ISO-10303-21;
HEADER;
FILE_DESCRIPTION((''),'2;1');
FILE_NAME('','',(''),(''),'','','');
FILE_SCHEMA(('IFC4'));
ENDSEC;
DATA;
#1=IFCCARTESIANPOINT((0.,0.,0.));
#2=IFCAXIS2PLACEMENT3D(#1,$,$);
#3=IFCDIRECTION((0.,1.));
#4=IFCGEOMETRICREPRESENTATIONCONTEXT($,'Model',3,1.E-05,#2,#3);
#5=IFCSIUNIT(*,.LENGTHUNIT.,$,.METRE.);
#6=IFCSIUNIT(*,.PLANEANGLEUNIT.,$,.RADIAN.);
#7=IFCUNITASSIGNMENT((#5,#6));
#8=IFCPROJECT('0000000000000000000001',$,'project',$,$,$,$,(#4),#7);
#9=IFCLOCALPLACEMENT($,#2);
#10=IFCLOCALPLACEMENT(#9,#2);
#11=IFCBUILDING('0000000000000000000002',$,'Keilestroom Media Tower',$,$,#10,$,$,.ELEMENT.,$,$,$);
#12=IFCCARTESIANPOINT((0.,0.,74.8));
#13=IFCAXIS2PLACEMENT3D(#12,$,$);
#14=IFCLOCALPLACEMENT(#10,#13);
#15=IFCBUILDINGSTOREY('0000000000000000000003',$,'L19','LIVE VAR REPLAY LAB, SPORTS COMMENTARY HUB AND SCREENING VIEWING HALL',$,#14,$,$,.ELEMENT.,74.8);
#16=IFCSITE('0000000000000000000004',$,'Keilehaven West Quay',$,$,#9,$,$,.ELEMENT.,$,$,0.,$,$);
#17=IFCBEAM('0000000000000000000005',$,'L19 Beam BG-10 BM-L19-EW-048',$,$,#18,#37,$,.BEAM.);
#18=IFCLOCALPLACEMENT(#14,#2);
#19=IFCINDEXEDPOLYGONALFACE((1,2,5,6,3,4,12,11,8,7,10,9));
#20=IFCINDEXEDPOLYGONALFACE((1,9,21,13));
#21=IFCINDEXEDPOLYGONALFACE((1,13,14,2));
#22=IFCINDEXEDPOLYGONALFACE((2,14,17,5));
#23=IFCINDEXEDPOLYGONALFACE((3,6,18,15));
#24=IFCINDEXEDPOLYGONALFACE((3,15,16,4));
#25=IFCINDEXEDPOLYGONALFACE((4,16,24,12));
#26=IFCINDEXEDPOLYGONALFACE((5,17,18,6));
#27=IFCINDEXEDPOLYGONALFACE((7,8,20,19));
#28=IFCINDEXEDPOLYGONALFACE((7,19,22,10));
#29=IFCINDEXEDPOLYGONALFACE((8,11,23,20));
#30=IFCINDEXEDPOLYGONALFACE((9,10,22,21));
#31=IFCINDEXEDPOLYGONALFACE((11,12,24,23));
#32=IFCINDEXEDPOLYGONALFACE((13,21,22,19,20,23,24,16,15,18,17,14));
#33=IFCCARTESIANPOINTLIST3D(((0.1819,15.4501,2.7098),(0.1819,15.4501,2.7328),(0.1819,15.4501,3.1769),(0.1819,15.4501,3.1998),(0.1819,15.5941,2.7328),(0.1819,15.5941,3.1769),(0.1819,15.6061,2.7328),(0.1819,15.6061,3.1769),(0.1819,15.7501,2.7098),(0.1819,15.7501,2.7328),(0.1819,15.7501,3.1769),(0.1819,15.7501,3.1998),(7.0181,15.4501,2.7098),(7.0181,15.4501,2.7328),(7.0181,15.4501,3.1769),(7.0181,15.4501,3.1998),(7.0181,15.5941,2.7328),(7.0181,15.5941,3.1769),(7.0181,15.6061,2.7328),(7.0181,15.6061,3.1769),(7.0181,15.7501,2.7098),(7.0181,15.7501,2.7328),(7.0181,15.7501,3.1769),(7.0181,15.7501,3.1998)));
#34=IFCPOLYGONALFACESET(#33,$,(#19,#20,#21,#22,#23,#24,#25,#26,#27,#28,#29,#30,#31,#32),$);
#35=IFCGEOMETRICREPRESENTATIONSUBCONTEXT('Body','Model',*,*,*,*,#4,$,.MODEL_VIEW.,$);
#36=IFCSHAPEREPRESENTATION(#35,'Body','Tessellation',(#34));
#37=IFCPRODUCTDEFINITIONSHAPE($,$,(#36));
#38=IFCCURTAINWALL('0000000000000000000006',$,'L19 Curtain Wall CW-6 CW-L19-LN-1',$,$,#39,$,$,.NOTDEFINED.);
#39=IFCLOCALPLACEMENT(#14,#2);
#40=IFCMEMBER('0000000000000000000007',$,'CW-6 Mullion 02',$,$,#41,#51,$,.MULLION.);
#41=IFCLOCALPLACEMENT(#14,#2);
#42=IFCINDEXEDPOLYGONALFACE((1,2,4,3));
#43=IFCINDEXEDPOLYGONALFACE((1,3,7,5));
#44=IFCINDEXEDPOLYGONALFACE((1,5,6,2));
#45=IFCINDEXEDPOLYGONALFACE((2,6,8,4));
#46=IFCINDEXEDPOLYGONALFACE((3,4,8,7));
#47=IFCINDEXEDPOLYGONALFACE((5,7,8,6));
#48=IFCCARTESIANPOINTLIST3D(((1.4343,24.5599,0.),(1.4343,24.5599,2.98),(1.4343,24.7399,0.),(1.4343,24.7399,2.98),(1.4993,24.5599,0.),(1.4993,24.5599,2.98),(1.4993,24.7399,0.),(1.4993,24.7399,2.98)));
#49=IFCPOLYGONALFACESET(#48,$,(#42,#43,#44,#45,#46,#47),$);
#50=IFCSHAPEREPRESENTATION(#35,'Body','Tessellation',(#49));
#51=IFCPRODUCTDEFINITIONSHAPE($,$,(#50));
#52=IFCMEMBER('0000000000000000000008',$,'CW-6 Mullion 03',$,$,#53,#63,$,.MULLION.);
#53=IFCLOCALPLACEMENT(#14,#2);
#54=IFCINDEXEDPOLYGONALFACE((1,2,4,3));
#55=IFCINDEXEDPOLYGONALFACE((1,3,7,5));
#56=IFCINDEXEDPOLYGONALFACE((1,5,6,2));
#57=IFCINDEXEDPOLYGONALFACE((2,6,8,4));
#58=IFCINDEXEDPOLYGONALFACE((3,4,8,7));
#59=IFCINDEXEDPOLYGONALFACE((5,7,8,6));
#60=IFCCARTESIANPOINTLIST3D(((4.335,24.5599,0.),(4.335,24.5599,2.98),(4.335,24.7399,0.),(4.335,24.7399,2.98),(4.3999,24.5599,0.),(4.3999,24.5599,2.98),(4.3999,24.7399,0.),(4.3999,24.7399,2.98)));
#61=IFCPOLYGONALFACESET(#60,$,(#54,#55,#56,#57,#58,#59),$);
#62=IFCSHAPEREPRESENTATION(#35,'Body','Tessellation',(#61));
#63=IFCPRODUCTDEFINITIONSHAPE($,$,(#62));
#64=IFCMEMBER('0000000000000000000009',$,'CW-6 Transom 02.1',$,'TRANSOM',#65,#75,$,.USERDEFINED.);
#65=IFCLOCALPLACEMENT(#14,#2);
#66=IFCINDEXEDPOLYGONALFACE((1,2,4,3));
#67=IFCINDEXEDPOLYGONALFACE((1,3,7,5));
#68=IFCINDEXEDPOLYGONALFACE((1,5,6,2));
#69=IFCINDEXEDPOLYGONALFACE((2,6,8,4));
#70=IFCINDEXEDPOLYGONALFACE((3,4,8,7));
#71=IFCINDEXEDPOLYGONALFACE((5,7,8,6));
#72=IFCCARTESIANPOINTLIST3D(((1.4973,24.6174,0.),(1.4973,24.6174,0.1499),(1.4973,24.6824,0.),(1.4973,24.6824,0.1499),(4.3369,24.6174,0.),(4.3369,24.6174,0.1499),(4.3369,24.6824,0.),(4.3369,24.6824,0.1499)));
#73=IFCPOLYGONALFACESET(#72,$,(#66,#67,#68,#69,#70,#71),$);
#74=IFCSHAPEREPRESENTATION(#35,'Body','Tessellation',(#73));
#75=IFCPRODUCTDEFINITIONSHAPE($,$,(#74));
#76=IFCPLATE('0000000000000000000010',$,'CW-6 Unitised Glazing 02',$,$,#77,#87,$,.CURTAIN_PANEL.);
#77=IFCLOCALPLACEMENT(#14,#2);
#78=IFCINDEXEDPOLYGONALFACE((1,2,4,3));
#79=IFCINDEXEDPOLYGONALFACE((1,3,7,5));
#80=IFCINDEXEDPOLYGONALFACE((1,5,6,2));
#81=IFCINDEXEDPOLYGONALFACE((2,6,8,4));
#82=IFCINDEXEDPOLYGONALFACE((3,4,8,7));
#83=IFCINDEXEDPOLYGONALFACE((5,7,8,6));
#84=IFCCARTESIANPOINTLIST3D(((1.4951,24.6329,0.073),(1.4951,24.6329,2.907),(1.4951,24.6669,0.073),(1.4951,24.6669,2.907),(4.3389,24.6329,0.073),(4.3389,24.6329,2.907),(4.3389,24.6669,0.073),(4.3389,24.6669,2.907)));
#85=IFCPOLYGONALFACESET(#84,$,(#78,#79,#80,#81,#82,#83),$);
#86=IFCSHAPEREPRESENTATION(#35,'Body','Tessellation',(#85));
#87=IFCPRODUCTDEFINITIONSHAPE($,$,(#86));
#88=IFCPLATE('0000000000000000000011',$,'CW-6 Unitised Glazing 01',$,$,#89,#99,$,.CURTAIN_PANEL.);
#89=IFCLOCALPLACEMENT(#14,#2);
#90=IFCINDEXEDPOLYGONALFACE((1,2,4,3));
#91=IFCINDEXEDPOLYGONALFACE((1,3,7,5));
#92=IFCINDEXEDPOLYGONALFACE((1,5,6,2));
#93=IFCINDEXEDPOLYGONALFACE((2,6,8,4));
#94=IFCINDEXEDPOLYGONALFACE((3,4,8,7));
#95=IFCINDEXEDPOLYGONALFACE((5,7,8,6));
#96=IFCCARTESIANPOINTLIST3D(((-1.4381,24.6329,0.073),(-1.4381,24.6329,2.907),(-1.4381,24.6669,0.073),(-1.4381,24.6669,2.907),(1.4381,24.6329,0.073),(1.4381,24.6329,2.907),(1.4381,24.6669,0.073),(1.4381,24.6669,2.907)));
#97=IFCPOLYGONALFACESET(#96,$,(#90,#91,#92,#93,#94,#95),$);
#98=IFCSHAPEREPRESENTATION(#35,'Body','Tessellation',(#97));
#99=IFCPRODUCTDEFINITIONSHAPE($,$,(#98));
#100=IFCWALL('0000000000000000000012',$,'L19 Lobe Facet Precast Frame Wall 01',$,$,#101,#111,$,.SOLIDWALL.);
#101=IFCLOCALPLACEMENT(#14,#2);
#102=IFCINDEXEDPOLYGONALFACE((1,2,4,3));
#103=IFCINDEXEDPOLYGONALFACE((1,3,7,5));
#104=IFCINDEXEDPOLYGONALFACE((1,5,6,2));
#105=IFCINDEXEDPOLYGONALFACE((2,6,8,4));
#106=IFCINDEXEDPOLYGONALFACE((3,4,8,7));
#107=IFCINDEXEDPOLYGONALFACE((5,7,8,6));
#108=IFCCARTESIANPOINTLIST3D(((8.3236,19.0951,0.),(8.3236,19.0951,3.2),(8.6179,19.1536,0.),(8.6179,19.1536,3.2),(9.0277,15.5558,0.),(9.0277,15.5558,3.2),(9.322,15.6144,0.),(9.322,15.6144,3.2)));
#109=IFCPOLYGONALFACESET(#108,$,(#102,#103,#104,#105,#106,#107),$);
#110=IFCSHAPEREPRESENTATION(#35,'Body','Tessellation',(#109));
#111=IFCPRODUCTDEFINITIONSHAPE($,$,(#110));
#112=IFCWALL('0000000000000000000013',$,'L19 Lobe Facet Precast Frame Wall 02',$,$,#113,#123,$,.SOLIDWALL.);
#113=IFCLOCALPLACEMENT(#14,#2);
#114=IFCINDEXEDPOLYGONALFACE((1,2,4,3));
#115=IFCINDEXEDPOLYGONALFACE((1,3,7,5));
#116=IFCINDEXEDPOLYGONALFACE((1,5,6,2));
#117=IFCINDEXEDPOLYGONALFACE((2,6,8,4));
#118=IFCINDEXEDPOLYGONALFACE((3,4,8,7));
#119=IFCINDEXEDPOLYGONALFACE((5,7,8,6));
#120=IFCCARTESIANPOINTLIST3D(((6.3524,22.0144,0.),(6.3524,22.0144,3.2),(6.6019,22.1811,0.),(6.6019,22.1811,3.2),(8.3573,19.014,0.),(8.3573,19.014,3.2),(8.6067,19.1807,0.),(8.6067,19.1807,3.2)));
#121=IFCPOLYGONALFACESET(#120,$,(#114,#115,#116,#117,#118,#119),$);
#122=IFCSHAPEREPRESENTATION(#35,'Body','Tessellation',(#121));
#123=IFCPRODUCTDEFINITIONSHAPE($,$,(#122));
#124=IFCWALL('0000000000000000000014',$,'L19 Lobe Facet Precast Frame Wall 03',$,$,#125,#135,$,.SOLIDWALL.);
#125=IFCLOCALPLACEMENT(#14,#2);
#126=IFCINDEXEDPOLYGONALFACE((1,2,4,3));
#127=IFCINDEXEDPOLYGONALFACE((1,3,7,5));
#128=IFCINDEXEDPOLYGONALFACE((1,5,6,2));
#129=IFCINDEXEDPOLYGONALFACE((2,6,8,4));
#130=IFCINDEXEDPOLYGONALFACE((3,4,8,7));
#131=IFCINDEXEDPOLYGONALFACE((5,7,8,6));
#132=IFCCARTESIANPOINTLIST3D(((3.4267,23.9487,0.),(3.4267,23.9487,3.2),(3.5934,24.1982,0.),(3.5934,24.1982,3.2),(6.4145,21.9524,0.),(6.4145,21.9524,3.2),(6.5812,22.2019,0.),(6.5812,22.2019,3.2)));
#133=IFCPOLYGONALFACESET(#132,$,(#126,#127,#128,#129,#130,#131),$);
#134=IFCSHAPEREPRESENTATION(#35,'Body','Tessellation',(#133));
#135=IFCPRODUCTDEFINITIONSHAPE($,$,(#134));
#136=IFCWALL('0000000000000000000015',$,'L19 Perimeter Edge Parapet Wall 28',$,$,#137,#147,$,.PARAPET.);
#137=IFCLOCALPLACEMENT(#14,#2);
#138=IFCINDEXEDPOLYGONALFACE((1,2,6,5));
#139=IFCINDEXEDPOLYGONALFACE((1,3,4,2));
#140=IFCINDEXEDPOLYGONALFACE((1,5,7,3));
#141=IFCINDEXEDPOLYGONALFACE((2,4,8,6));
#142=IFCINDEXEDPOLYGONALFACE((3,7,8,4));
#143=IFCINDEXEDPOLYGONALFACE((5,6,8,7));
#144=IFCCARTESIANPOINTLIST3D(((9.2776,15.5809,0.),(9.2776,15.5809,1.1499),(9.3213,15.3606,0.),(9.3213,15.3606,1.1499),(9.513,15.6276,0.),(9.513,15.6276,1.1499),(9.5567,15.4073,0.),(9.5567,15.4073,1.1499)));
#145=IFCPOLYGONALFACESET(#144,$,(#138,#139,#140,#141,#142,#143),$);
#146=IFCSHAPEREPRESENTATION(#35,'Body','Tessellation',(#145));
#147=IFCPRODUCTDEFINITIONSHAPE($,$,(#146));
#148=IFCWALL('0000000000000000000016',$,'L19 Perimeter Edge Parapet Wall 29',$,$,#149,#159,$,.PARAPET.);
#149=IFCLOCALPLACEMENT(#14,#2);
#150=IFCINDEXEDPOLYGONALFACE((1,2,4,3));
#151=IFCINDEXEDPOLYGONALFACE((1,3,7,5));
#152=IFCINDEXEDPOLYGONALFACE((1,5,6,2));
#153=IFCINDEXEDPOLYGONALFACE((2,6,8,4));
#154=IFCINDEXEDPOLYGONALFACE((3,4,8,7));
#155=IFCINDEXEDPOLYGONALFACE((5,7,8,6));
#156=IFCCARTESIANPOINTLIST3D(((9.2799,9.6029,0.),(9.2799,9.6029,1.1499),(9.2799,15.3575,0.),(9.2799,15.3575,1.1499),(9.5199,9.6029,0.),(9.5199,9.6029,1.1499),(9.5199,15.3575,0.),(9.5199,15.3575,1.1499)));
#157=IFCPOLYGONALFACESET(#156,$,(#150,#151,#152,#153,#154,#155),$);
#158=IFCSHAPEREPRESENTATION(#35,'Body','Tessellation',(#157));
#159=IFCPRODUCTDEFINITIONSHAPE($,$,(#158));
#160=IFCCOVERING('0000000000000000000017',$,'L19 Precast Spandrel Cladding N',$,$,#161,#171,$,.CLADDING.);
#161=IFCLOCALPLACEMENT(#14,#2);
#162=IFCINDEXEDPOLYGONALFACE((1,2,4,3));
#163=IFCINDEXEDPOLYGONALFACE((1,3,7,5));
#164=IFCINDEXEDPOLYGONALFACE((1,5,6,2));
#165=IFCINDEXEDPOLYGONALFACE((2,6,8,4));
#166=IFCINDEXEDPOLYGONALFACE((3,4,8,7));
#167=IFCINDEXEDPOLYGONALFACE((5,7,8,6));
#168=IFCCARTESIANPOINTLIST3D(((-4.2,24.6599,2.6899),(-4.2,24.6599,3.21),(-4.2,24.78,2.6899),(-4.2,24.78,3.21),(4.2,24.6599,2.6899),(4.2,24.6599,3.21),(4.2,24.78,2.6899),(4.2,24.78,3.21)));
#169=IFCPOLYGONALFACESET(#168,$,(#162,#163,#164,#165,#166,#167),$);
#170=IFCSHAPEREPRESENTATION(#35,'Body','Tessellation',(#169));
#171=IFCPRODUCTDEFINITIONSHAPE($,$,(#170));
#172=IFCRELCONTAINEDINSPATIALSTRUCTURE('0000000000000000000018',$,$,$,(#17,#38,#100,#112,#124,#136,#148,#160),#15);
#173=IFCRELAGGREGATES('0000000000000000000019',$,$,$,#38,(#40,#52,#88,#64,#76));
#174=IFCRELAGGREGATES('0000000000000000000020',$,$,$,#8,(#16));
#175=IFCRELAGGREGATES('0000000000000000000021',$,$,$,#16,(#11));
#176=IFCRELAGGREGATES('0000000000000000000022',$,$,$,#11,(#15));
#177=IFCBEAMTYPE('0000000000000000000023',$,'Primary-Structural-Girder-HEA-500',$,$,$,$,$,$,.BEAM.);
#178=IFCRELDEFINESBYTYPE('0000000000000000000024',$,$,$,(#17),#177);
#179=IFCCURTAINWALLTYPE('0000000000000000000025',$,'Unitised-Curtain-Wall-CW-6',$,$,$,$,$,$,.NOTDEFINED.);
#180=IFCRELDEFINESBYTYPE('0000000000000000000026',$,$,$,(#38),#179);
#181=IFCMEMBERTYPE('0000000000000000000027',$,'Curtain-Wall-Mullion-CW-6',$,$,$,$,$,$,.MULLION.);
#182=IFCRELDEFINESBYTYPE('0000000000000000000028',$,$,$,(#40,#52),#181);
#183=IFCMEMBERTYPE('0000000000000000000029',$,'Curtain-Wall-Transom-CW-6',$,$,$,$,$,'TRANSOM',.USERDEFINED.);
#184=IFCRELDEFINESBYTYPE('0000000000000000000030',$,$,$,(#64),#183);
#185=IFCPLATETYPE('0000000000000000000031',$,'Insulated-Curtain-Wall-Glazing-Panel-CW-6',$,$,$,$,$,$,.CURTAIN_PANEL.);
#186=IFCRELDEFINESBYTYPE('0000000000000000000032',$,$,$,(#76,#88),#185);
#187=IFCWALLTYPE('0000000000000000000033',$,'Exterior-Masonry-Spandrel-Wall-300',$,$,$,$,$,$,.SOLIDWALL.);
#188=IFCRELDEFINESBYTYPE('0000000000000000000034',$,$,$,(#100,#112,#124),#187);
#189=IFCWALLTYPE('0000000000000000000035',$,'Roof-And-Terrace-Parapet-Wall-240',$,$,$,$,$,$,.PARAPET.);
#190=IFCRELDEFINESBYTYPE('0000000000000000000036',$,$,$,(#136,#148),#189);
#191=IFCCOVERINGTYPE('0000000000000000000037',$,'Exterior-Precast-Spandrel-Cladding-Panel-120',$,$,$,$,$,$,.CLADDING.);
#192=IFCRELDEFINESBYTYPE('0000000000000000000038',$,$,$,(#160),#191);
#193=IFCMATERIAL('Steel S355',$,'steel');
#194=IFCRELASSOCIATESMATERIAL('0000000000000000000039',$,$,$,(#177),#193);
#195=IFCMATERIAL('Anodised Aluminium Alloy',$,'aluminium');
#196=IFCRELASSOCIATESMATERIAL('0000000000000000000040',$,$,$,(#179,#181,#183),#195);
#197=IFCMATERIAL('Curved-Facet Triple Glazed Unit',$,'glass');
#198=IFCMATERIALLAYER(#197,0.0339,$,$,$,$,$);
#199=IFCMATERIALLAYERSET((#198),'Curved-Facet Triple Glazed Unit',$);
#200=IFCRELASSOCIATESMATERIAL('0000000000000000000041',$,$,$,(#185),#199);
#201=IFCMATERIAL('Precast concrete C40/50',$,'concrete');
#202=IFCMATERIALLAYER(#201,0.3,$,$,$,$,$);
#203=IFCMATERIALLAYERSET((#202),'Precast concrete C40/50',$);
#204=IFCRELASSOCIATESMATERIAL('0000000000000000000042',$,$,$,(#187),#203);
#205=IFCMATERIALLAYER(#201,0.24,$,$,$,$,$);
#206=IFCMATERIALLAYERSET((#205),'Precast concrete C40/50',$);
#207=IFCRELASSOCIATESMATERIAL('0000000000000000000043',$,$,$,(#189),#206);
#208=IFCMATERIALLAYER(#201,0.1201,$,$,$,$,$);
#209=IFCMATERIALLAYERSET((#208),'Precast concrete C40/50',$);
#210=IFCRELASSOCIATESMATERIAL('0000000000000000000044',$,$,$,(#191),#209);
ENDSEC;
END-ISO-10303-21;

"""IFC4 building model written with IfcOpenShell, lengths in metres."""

from ifc_helpers import new_model, si_unit, direction, frame, frame_2d, origin, origin_2d, place, context, subcontext, project, spatial, rectangle, i_section, extrude, source, transform, mapped, material, layer, layer_set, material_profile, profile_set, type_object, element, aggregate, save


model = new_model("IFC4")

# Units and contexts
model_context = context("Model", 3, precision=1e-05, world=origin(), true_north=direction((0.0, 1.0)))
body_context = subcontext(model_context, "Body", "Model", "MODEL_VIEW")
ifc_project = project(units=[si_unit("LENGTHUNIT", "METRE"), si_unit("PLANEANGLEUNIT", "RADIAN")], contexts=[model_context])

# Site, building, storey
site_placement = place(None, origin())
site = spatial("IfcSite", under=ifc_project, at=site_placement, Name="Keilehaven West Quay", CompositionType="ELEMENT", RefElevation=0.0)
building_placement = place(site_placement, origin())
building = spatial("IfcBuilding", under=site, at=building_placement, Name="Keilestroom Media Tower", CompositionType="ELEMENT")
storey_placement = place(building_placement, frame((0.0, 0.0, 74.8)))
storey = spatial("IfcBuildingStorey", under=building, at=storey_placement, Name="L19", Description="LIVE VAR REPLAY LAB, SPORTS COMMENTARY HUB AND SCREENING VIEWING HALL", CompositionType="ELEMENT", Elevation=74.8)

# Beam
ifc_material_1 = material(Name="Steel S355", Category="steel")
ifc_material_profile_1 = material_profile(ifc_material_1, i_section(OverallWidth=0.3, OverallDepth=0.49, WebThickness=0.012, FlangeThickness=0.0229, at=origin_2d()), Name="HEA 500")
ifc_profile_set_1 = profile_set([ifc_material_profile_1], Name="Steel S355")
beam_type_1 = type_object("IfcBeamType", Name="Primary-Structural-Girder-HEA-500", PredefinedType="BEAM", material=ifc_profile_set_1)
shared_shape_1 = source(origin(), body_context, "Body", "SweptSolid", [
    extrude(i_section(OverallWidth=0.3, OverallDepth=0.49, WebThickness=0.012, FlangeThickness=0.0229, at=origin_2d()), origin(), (0.0, 0.0, 1.0), 6.8362),
])
for number, where, z_axis, x_axis, name in (
    (1, (0.1819, 15.6001, 2.9548), (1.0, 0.0, 0.0), (0.0, 1.0, 0.0), "L19 Beam BG-10 BM-L19-EW-048"),
):
    element("IfcBeam", number, at=place(storey_placement, frame(where, z_axis=z_axis, x_axis=x_axis)), inside=storey, type_object=beam_type_1, Name=name, PredefinedType="BEAM", context=body_context, shape_type="MappedRepresentation", body=[
        mapped(shared_shape_1, transform((0.0, 0.0, 0.0), x_axis=(1.0, 0.0, 0.0), y_axis=(0.0, 1.0, 0.0), z_axis=(0.0, 0.0, 1.0), scale=1.0)),
    ])

# Curtain wall, members, plates
ifc_material_2 = material(Name="Anodised Aluminium Alloy", Category="aluminium")
curtain_wall_type = type_object("IfcCurtainWallType", Name="Unitised-Curtain-Wall-CW-6", PredefinedType="NOTDEFINED", material=ifc_material_2)
curtain_wall_placement = place(storey_placement, origin())
curtain_wall = element("IfcCurtainWall", 2, at=curtain_wall_placement, inside=storey, type_object=curtain_wall_type, Name="L19 Curtain Wall CW-6 CW-L19-LN-1", PredefinedType="NOTDEFINED")
ifc_material_profile_2 = material_profile(ifc_material_2, rectangle(XDim=0.0649, YDim=0.1799, at=origin_2d()), Name="ALU MULLION 65x180")
ifc_profile_set_2 = profile_set([ifc_material_profile_2], Name="Anodised Aluminium Alloy")
member_type_1 = type_object("IfcMemberType", Name="Curtain-Wall-Mullion-CW-6", PredefinedType="MULLION", material=ifc_profile_set_2)
shared_shape_2 = source(origin(), body_context, "Body", "SweptSolid", [
    extrude(rectangle(XDim=0.0649, YDim=0.1799, at=origin_2d()), origin(), (0.0, 0.0, 1.0), 2.98),
])
member_1_placement = place(storey_placement, frame((1.4668, 24.6499, 0.0), z_axis=(0.0, 0.0, 1.0), x_axis=(1.0, 0.0, 0.0)))
member_1 = element("IfcMember", 3, at=member_1_placement, type_object=member_type_1, Name="CW-6 Mullion 02", PredefinedType="MULLION", context=body_context, shape_type="MappedRepresentation", body=[
    mapped(shared_shape_2, transform((0.0, 0.0, 0.0), x_axis=(1.0, 0.0, 0.0), y_axis=(0.0, 1.0, 0.0), z_axis=(0.0, 0.0, 1.0), scale=1.0)),
])
member_2_placement = place(storey_placement, frame((4.3674, 24.6499, 0.0), z_axis=(0.0, 0.0, 1.0), x_axis=(1.0, 0.0, 0.0)))
member_2 = element("IfcMember", 4, at=member_2_placement, type_object=member_type_1, Name="CW-6 Mullion 03", PredefinedType="MULLION", context=body_context, shape_type="MappedRepresentation", body=[
    mapped(shared_shape_2, transform((0.0, 0.0, 0.0), x_axis=(1.0, 0.0, 0.0), y_axis=(0.0, 1.0, 0.0), z_axis=(0.0, 0.0, 1.0), scale=1.0)),
])
ifc_material_profile_3 = material_profile(ifc_material_2, rectangle(XDim=0.0649, YDim=0.1499, at=origin_2d()), Name="ALU TRANSOM 65x150")
ifc_profile_set_3 = profile_set([ifc_material_profile_3], Name="Anodised Aluminium Alloy")
member_type_2 = type_object("IfcMemberType", Name="Curtain-Wall-Transom-CW-6", ElementType="TRANSOM", PredefinedType="USERDEFINED", material=ifc_profile_set_3)
shared_shape_3 = source(origin(), body_context, "Body", "SweptSolid", [
    extrude(rectangle(XDim=0.0649, YDim=0.1499, at=origin_2d()), origin(), (0.0, 0.0, 1.0), 2.8396),
])
member_3_placement = place(storey_placement, frame((1.4973, 24.6499, 0.075), z_axis=(1.0, 0.0, 0.0), x_axis=(0.0, 1.0, 0.0)))
member_3 = element("IfcMember", 5, at=member_3_placement, type_object=member_type_2, Name="CW-6 Transom 02.1", ObjectType="TRANSOM", PredefinedType="USERDEFINED", context=body_context, shape_type="MappedRepresentation", body=[
    mapped(shared_shape_3, transform((0.0, 0.0, 0.0), x_axis=(1.0, 0.0, 0.0), y_axis=(0.0, 1.0, 0.0), z_axis=(0.0, 0.0, 1.0), scale=1.0)),
])
ifc_material_3 = material(Name="Curved-Facet Triple Glazed Unit", Category="glass")
ifc_layer_1 = layer(ifc_material_3, 0.0339)
ifc_layer_set_1 = layer_set([ifc_layer_1], Name="Curved-Facet Triple Glazed Unit")
plate_type = type_object("IfcPlateType", Name="Insulated-Curtain-Wall-Glazing-Panel-CW-6", PredefinedType="CURTAIN_PANEL", material=ifc_layer_set_1)
shared_shape_4 = source(origin(), body_context, "Body", "SweptSolid", [
    extrude(rectangle(XDim=2.8438, YDim=0.0339, at=origin_2d()), origin(), (0.0, 0.0, 1.0), 2.834),
])
plate_1_placement = place(storey_placement, frame((2.917, 24.6499, 0.073), z_axis=(0.0, 0.0, 1.0), x_axis=(1.0, 0.0, 0.0)))
plate_1 = element("IfcPlate", 6, at=plate_1_placement, type_object=plate_type, Name="CW-6 Unitised Glazing 02", PredefinedType="CURTAIN_PANEL", context=body_context, shape_type="MappedRepresentation", body=[
    mapped(shared_shape_4, transform((0.0, 0.0, 0.0), x_axis=(1.0, 0.0, 0.0), y_axis=(0.0, 1.0, 0.0), z_axis=(0.0, 0.0, 1.0), scale=1.0)),
])
shared_shape_5 = source(origin(), body_context, "Body", "SweptSolid", [
    extrude(rectangle(XDim=2.8762, YDim=0.0339, at=origin_2d()), origin(), (0.0, 0.0, 1.0), 2.834),
])
plate_2_placement = place(storey_placement, frame((0.0, 24.6499, 0.073), z_axis=(0.0, 0.0, 1.0), x_axis=(1.0, 0.0, 0.0)))
plate_2 = element("IfcPlate", 7, at=plate_2_placement, type_object=plate_type, Name="CW-6 Unitised Glazing 01", PredefinedType="CURTAIN_PANEL", context=body_context, shape_type="MappedRepresentation", body=[
    mapped(shared_shape_5, transform((0.0, 0.0, 0.0), x_axis=(1.0, 0.0, 0.0), y_axis=(0.0, 1.0, 0.0), z_axis=(0.0, 0.0, 1.0), scale=1.0)),
])
aggregate(curtain_wall, [member_1, member_2, plate_2, member_3, plate_1])

# Walls
ifc_material_4 = material(Name="Precast concrete C40/50", Category="concrete")
ifc_layer_2 = layer(ifc_material_4, 0.3)
ifc_layer_set_2 = layer_set([ifc_layer_2], Name="Precast concrete C40/50")
wall_type_1 = type_object("IfcWallType", Name="Exterior-Masonry-Spandrel-Wall-300", PredefinedType="SOLIDWALL", material=ifc_layer_set_2)
for number, where, z_axis, x_axis, name in (
    (8, (9.1748, 15.5852, 0.0), (0.0, 0.0, 1.0), (-0.195114, 0.980781, 0.0), "L19 Lobe Facet Precast Frame Wall 01"),
    (9, (8.4819, 19.0974, 0.0), (0.0, 0.0, 1.0), (-0.555574, 0.831467, 0.0), "L19 Lobe Facet Precast Frame Wall 02"),
):
    element("IfcWall", number, at=place(storey_placement, frame(where, z_axis=z_axis, x_axis=x_axis)), inside=storey, type_object=wall_type_1, Name=name, PredefinedType="SOLIDWALL", context=body_context, shape_type="SweptSolid", body=[
        extrude(rectangle(XDim=3.6086, YDim=0.3, at=frame_2d((1.8042, 0.0))), origin(), (0.0, 0.0, 1.0), 3.2),
    ])
wall_1_placement = place(storey_placement, frame((6.4978, 22.0771, 0.0), z_axis=(0.0, 0.0, 1.0), x_axis=(-0.831475, 0.555562, 0.0)))
element("IfcWall", 10, at=wall_1_placement, inside=storey, type_object=wall_type_1, Name="L19 Lobe Facet Precast Frame Wall 03", PredefinedType="SOLIDWALL", context=body_context, shape_type="SweptSolid", body=[
    extrude(rectangle(XDim=3.5933, YDim=0.3, at=frame_2d((1.7966, 0.0))), origin(), (0.0, 0.0, 1.0), 3.2),
])
ifc_layer_3 = layer(ifc_material_4, 0.24)
ifc_layer_set_3 = layer_set([ifc_layer_3], Name="Precast concrete C40/50")
wall_type_2 = type_object("IfcWallType", Name="Roof-And-Terrace-Parapet-Wall-240", PredefinedType="PARAPET", material=ifc_layer_set_3)
wall_2_placement = place(storey_placement, frame((9.3953, 15.6042, 0.0), z_axis=(0.0, 0.0, 1.0), x_axis=(0.194652, -0.980872, 0.0)))
element("IfcWall", 11, at=wall_2_placement, inside=storey, type_object=wall_type_2, Name="L19 Perimeter Edge Parapet Wall 28", PredefinedType="PARAPET", context=body_context, shape_type="SweptSolid", body=[
    extrude(rectangle(XDim=0.2246, YDim=0.24, at=frame_2d((0.1123, 0.0))), origin(), (0.0, 0.0, 1.0), 1.1499),
])
wall_3_placement = place(storey_placement, frame((9.3999, 15.3577, 0.0), z_axis=(0.0, 0.0, 1.0), x_axis=(0.0, -1.0, 0.0)))
element("IfcWall", 12, at=wall_3_placement, inside=storey, type_object=wall_type_2, Name="L19 Perimeter Edge Parapet Wall 29", PredefinedType="PARAPET", context=body_context, shape_type="SweptSolid", body=[
    extrude(rectangle(XDim=5.7546, YDim=0.24, at=frame_2d((2.8774, 0.0))), origin(), (0.0, 0.0, 1.0), 1.1499),
])

# Covering
ifc_layer_4 = layer(ifc_material_4, 0.1201)
ifc_layer_set_4 = layer_set([ifc_layer_4], Name="Precast concrete C40/50")
covering_type = type_object("IfcCoveringType", Name="Exterior-Precast-Spandrel-Cladding-Panel-120", PredefinedType="CLADDING", material=ifc_layer_set_4)
shared_shape_6 = source(origin(), body_context, "Body", "SweptSolid", [
    extrude(rectangle(XDim=8.3999, YDim=0.1201, at=origin_2d()), origin(), (0.0, 0.0, 1.0), 0.52),
])
covering_1_placement = place(storey_placement, frame((0.0, 24.72, 2.6899), z_axis=(0.0, 0.0, 1.0), x_axis=(1.0, 0.0, 0.0)))
element("IfcCovering", 13, at=covering_1_placement, inside=storey, type_object=covering_type, Name="L19 Precast Spandrel Cladding N", PredefinedType="CLADDING", context=body_context, shape_type="MappedRepresentation", body=[
    mapped(shared_shape_6, transform((0.0, 0.0, 0.0), x_axis=(1.0, 0.0, 0.0), y_axis=(0.0, 1.0, 0.0), z_axis=(0.0, 0.0, 1.0), scale=1.0)),
])

save(model, "model.ifc")
